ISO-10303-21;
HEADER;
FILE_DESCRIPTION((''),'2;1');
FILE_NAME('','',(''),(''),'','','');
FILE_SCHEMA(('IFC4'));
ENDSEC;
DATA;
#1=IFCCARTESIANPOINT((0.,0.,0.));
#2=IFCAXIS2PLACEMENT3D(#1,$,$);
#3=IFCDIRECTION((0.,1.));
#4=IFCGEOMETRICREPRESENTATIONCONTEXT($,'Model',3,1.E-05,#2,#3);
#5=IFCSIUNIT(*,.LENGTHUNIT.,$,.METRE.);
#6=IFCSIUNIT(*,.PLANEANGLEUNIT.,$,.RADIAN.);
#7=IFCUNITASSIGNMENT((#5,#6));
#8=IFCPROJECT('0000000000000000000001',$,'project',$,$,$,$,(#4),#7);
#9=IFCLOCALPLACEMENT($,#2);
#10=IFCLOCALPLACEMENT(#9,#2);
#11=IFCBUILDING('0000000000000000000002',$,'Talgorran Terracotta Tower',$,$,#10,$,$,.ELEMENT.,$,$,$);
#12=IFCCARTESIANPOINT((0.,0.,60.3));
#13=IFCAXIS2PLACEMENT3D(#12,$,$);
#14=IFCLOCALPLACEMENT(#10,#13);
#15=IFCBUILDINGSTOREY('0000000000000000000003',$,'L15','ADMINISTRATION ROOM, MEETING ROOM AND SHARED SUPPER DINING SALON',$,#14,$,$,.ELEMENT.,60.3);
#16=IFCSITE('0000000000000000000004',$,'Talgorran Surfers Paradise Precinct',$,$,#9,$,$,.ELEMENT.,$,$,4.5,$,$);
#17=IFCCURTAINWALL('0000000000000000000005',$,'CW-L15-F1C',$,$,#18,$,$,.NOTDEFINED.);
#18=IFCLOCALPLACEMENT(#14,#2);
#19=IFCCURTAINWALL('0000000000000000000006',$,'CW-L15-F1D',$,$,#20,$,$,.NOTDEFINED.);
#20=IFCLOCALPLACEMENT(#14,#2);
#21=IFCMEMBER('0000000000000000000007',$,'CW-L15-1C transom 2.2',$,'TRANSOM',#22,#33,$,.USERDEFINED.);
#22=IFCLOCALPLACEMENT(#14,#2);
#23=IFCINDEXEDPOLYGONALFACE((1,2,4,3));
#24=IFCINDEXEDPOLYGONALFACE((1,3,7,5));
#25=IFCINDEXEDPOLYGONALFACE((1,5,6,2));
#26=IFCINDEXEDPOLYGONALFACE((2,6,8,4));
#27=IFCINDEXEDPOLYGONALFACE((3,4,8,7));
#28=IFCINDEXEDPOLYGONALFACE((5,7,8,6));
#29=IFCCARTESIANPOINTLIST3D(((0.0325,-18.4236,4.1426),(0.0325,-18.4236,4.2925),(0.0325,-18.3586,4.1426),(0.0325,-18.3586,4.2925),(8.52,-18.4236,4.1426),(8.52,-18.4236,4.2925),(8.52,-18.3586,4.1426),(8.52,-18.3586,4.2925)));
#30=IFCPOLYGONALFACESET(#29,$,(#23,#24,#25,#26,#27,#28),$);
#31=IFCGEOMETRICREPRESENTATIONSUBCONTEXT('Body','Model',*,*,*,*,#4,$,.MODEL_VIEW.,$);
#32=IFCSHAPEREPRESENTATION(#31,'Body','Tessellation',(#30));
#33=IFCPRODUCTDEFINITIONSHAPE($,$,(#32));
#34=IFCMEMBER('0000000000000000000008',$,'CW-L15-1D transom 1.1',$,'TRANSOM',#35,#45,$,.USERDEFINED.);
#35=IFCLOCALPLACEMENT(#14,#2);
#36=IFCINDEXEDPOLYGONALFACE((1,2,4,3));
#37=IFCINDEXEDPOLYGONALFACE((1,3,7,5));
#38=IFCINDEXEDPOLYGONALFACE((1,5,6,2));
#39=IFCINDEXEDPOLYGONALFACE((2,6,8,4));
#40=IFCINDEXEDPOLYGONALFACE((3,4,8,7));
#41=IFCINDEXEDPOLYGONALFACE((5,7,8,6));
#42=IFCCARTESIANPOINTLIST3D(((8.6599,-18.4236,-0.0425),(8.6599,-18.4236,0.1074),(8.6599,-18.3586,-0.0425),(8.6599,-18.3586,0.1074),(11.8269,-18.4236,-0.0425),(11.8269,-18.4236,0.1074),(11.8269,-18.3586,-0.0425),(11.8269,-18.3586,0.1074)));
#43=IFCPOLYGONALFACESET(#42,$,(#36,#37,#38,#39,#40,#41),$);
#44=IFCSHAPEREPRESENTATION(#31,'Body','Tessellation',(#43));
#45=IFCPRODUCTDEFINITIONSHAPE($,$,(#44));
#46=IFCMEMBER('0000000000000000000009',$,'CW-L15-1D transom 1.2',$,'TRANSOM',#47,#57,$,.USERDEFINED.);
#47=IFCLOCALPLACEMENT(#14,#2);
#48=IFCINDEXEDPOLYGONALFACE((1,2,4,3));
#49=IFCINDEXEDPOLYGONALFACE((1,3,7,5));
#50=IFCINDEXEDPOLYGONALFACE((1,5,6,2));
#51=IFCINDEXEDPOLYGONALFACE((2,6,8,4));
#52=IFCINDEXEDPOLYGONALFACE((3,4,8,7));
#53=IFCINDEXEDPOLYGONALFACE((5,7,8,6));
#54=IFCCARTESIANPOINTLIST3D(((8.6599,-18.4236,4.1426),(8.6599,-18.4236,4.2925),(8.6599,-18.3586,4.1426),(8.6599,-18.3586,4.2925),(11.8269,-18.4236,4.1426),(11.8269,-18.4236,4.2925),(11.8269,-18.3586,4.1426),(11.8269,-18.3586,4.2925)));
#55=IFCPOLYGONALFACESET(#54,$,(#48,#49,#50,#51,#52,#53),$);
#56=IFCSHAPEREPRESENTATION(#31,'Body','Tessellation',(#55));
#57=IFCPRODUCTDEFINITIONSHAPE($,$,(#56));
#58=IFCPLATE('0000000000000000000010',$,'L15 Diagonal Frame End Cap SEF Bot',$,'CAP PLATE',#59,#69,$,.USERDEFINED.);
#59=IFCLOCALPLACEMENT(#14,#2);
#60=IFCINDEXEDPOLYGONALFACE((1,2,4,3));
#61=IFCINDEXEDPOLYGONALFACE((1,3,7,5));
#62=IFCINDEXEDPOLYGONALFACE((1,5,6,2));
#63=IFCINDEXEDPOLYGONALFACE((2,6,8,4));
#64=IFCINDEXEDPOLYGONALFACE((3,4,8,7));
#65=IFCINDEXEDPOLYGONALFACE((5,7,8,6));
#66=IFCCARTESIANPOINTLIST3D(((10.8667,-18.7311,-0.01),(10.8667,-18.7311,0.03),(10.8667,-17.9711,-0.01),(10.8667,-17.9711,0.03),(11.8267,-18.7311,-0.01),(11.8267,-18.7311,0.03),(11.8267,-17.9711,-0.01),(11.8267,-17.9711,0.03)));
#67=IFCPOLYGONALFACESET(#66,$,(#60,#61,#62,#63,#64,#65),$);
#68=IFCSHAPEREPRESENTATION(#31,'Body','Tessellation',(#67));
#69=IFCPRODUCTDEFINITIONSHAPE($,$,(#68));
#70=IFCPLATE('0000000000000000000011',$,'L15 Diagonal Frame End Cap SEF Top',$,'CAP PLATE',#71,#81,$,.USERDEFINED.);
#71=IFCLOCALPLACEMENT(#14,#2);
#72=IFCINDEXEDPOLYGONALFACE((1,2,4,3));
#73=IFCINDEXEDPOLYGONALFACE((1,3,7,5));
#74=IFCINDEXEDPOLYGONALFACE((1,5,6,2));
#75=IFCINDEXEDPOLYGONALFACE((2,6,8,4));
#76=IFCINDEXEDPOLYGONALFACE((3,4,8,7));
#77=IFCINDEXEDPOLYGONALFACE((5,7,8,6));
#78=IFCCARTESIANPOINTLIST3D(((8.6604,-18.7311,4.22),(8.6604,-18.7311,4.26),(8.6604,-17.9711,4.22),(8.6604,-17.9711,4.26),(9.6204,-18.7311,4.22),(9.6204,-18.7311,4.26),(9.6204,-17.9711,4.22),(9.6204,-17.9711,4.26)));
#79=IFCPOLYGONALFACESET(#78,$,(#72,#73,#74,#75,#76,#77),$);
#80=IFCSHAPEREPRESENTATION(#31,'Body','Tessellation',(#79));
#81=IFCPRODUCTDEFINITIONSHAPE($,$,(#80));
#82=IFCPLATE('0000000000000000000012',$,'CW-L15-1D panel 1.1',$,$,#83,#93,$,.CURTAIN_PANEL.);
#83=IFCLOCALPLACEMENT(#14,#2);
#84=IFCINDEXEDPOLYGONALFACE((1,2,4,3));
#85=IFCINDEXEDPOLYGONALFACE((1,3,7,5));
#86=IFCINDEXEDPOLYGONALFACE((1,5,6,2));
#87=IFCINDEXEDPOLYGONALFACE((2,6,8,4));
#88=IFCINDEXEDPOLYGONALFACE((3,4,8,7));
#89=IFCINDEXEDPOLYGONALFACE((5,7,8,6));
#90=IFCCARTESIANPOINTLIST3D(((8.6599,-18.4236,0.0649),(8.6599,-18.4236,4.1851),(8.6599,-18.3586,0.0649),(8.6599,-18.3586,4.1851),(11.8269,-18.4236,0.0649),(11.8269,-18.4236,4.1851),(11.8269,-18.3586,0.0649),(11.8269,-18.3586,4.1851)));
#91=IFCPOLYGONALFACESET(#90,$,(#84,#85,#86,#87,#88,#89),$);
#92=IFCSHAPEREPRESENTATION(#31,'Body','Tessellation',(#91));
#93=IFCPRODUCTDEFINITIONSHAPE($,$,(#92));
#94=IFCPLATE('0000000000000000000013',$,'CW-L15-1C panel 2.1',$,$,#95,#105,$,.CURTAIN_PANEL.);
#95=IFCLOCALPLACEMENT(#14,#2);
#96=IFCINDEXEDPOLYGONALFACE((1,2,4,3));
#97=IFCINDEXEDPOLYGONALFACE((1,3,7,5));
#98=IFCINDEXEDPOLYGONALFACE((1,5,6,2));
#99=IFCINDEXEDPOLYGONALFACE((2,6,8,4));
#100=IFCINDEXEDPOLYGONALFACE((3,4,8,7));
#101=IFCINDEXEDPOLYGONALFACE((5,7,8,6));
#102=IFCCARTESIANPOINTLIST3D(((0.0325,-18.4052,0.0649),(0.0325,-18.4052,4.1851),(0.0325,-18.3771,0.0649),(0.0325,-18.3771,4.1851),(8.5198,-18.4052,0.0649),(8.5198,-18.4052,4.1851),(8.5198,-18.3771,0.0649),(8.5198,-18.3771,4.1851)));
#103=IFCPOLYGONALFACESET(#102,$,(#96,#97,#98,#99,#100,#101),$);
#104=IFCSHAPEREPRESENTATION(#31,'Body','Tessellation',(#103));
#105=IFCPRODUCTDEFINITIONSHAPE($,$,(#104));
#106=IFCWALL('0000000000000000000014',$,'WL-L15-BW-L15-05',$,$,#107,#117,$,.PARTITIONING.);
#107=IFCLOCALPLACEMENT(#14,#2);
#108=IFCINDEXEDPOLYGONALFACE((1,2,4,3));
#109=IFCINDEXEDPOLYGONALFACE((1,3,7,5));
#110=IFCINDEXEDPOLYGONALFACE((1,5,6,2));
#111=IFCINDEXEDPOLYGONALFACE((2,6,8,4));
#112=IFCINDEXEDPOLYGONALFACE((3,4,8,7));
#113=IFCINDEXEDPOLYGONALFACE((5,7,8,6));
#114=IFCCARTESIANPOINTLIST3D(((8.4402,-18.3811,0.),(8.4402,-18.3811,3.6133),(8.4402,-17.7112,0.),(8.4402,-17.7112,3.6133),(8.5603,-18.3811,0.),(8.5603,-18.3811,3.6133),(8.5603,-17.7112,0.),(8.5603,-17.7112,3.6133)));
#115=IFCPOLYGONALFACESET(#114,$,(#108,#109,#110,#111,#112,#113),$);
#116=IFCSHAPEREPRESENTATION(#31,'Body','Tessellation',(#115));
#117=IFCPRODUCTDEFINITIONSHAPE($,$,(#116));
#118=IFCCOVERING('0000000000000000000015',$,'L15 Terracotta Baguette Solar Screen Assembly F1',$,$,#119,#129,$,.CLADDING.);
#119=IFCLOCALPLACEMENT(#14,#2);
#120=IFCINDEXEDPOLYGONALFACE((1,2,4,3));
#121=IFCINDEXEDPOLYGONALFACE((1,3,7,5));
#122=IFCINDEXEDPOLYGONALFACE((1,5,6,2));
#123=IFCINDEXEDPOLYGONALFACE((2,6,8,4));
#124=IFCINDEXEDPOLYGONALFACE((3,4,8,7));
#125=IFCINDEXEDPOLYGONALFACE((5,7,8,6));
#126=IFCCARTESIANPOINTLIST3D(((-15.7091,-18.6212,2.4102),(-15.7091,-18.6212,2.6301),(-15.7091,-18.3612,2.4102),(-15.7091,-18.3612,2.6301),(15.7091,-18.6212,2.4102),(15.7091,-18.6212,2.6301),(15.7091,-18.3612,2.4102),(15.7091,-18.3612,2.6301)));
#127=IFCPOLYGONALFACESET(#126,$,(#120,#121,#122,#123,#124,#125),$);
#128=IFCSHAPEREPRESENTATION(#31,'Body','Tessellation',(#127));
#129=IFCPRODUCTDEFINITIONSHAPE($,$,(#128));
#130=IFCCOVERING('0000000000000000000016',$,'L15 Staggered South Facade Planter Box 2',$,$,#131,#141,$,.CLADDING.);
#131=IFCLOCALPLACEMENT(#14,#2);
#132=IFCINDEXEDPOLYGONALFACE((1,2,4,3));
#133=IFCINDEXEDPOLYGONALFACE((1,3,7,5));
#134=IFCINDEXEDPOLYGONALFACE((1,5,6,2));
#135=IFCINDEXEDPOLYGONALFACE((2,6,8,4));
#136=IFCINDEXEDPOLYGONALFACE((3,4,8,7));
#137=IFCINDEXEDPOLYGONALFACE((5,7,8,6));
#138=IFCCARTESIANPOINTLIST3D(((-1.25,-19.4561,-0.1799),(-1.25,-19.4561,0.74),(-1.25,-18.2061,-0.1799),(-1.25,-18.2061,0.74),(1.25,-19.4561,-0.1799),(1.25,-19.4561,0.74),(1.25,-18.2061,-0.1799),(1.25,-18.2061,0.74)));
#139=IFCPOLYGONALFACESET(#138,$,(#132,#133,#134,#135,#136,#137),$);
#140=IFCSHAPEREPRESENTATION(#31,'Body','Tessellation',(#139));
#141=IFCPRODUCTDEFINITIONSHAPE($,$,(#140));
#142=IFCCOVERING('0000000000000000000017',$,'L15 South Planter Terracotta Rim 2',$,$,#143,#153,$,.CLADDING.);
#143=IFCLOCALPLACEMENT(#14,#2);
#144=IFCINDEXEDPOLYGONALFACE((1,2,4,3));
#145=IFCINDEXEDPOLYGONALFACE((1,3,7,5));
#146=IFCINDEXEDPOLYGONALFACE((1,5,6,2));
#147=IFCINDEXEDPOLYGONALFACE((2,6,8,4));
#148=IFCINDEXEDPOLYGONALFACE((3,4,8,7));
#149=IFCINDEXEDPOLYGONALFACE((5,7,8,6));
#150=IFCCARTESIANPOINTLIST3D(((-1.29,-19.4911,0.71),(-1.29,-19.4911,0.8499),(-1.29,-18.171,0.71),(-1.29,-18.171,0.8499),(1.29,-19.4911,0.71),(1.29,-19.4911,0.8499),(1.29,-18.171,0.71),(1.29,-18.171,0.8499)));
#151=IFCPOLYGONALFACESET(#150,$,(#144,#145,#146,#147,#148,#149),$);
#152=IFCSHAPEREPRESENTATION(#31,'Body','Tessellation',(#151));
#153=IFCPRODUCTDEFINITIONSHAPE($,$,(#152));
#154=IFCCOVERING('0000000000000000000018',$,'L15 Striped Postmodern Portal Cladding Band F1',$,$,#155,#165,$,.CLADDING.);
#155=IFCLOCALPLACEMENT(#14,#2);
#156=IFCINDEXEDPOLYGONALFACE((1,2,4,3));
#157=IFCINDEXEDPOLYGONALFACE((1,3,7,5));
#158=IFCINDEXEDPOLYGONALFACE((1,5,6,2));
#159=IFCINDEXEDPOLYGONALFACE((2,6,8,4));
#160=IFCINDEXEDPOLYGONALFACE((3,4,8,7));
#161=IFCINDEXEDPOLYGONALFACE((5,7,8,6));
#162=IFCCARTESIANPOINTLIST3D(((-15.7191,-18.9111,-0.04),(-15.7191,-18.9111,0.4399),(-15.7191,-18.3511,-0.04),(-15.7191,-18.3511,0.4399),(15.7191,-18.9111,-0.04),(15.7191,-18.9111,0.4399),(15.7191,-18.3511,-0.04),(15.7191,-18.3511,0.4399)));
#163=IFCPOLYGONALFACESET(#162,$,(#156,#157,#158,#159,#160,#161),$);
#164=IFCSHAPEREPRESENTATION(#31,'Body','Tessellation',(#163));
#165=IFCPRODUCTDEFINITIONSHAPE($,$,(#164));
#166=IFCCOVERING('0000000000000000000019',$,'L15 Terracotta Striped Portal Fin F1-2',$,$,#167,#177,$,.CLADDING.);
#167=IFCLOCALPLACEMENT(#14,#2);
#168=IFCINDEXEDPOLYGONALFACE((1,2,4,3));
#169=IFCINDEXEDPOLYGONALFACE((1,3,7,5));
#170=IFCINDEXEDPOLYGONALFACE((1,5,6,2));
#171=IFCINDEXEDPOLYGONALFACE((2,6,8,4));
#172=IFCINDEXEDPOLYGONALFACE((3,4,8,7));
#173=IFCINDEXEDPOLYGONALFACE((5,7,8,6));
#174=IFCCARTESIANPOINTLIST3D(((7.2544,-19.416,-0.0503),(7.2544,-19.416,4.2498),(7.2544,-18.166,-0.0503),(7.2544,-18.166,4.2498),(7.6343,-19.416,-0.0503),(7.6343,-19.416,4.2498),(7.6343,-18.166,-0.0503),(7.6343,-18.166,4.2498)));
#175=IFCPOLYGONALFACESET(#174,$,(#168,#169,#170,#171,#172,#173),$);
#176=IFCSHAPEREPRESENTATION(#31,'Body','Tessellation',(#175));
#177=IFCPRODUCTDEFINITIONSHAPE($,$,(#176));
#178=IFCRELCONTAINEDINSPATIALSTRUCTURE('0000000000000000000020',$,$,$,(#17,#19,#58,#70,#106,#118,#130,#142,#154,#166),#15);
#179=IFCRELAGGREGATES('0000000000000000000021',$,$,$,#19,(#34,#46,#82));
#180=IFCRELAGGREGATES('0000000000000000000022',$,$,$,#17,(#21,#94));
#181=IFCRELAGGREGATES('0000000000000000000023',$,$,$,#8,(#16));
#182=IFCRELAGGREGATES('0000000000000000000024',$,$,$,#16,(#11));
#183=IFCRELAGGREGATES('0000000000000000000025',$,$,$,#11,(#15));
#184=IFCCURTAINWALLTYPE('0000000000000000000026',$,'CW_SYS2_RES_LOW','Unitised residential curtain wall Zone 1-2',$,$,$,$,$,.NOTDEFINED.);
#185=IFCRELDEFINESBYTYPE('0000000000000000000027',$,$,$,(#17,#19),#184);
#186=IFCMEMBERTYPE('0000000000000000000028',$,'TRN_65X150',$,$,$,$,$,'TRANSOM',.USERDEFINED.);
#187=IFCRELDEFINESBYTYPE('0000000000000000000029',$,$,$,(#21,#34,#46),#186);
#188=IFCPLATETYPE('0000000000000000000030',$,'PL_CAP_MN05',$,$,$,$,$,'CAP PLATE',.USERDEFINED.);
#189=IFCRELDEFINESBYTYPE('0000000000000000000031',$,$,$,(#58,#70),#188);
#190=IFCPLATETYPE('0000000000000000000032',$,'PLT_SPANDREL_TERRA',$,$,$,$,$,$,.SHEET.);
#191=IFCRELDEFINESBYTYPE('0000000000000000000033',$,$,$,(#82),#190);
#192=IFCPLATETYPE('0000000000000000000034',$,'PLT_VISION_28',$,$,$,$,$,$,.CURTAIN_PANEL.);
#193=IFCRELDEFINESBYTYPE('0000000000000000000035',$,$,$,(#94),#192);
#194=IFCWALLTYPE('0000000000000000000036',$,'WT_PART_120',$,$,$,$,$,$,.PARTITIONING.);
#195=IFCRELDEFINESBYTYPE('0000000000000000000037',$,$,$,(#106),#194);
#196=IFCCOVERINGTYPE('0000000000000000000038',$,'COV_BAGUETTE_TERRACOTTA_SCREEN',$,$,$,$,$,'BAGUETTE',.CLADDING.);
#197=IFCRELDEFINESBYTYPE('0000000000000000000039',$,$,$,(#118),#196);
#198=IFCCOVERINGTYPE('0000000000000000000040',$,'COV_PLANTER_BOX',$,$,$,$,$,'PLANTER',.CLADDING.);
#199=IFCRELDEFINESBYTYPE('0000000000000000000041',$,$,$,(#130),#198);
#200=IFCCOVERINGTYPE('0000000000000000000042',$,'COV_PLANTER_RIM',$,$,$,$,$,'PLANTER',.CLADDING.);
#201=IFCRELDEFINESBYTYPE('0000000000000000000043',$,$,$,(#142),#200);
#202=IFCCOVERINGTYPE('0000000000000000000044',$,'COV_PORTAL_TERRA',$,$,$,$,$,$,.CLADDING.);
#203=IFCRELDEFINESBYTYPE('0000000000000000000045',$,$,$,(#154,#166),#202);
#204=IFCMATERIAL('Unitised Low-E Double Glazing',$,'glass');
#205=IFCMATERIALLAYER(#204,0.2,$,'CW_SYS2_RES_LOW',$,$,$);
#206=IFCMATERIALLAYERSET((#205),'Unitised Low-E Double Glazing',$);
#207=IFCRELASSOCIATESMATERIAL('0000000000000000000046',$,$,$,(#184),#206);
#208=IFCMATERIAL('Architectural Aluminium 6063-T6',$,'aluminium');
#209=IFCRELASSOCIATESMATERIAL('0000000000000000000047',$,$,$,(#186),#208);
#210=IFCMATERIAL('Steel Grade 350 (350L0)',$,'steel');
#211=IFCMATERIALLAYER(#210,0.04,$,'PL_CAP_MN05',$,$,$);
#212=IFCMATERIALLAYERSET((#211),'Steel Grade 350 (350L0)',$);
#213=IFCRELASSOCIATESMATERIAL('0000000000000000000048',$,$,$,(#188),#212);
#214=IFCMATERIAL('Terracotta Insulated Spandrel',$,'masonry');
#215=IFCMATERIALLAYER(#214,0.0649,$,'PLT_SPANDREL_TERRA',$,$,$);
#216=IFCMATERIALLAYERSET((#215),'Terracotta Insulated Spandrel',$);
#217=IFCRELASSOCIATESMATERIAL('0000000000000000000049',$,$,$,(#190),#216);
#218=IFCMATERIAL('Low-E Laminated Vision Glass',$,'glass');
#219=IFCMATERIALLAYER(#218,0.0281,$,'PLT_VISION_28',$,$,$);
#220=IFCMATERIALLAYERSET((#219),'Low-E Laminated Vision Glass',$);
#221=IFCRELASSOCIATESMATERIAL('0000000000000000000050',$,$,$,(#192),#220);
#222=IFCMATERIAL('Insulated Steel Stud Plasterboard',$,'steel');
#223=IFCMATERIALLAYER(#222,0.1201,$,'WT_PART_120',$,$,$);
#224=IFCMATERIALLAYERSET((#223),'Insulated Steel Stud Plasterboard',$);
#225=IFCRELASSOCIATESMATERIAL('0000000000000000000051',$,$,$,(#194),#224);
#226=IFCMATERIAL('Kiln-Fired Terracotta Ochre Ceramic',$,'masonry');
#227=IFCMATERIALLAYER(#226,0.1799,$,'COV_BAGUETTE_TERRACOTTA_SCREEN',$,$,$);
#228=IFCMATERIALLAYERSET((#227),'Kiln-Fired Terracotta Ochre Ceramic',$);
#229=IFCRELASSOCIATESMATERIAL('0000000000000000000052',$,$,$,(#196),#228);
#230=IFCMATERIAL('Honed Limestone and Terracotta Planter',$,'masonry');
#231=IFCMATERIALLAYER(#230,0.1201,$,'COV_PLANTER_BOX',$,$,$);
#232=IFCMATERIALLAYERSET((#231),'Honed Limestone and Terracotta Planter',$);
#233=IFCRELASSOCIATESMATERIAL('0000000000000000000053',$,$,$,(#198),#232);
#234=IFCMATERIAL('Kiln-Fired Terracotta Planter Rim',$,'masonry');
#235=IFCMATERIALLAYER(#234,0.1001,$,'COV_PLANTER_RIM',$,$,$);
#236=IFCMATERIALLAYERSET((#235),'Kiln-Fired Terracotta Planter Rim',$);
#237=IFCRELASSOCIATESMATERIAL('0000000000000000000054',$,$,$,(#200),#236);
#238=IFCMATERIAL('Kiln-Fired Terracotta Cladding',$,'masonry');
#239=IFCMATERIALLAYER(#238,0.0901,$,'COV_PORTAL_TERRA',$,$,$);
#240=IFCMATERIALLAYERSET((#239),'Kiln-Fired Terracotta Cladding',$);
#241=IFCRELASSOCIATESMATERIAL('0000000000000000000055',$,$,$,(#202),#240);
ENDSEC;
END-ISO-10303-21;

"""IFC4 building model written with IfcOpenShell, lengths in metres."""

from ifc_helpers import new_model, si_unit, direction, frame, frame_2d, origin, origin_2d, place, context, subcontext, project, spatial, rectangle, extrude, source, transform, mapped, material, layer, layer_set, material_profile, profile_set, type_object, type_shapes, element, aggregate, save


model = new_model("IFC4")

# Units and contexts
model_context = context("Model", 3, precision=1e-05, world=origin(), true_north=direction((0.0, 1.0)))
body_context = subcontext(model_context, "Body", "Model", "MODEL_VIEW")
ifc_project = project(units=[si_unit("LENGTHUNIT", "METRE"), si_unit("PLANEANGLEUNIT", "RADIAN")], contexts=[model_context])

# Site, building, storey
site_placement = place(None, origin())
site = spatial("IfcSite", under=ifc_project, at=site_placement, Name="Talgorran Surfers Paradise Precinct", CompositionType="ELEMENT", RefElevation=4.5)
building_placement = place(site_placement, origin())
building = spatial("IfcBuilding", under=site, at=building_placement, Name="Talgorran Terracotta Tower", CompositionType="ELEMENT")
storey_placement = place(building_placement, frame((0.0, 0.0, 60.3)))
storey = spatial("IfcBuildingStorey", under=building, at=storey_placement, Name="L15", Description="ADMINISTRATION ROOM, MEETING ROOM AND SHARED SUPPER DINING SALON", CompositionType="ELEMENT", Elevation=60.3)

# Shared definitions
ifc_material_1 = material(Name="Steel Grade 350 (350L0)", Category="steel")

# Curtain walls
ifc_material_2 = material(Name="Unitised Low-E Double Glazing", Category="glass")
ifc_layer_1 = layer(ifc_material_2, 0.2, Name="CW_SYS2_RES_LOW")
ifc_layer_set_1 = layer_set([ifc_layer_1], Name="Unitised Low-E Double Glazing")
curtain_wall_type = type_object("IfcCurtainWallType", Name="CW_SYS2_RES_LOW", Description="Unitised residential curtain wall Zone 1-2", PredefinedType="NOTDEFINED", material=ifc_layer_set_1)
curtain_wall_1_placement = place(storey_placement, origin())
curtain_wall_1 = element("IfcCurtainWall", 1, at=curtain_wall_1_placement, inside=storey, type_object=curtain_wall_type, Name="CW-L15-F1C", PredefinedType="NOTDEFINED")
ifc_material_3 = material(Name="Architectural Aluminium 6063-T6", Category="aluminium")
curtain_wall_2_placement = place(storey_placement, origin())
curtain_wall_2 = element("IfcCurtainWall", 2, at=curtain_wall_2_placement, inside=storey, type_object=curtain_wall_type, Name="CW-L15-F1D", PredefinedType="NOTDEFINED")

# Members
ifc_material_profile_1 = material_profile(ifc_material_3, rectangle(XDim=0.0649, YDim=0.1499, at=origin_2d()), Name="CWT65X150")
ifc_profile_set_1 = profile_set([ifc_material_profile_1], Name="Architectural Aluminium 6063-T6")
member_type_1 = type_object("IfcMemberType", Name="TRN_65X150", ElementType="TRANSOM", PredefinedType="USERDEFINED", material=ifc_profile_set_1)
member_1_placement = place(storey_placement, frame((0.0325, -18.3911, 4.2175), z_axis=(1.0, 0.0, 0.0), x_axis=(0.0, 1.0, 0.0)))
member_1 = element("IfcMember", 3, at=member_1_placement, type_object=member_type_1, Name="CW-L15-1C transom 2.2", ObjectType="TRANSOM", PredefinedType="USERDEFINED", context=body_context, shape_type="SweptSolid", body=[
    extrude(rectangle(XDim=0.0649, YDim=0.1499, at=origin_2d()), origin(), (0.0, 0.0, 1.0), 8.4875),
])
member_2_placement = place(storey_placement, frame((8.6599, -18.3911, 0.0325), z_axis=(1.0, 0.0, 0.0), x_axis=(0.0, 1.0, 0.0)))
member_2 = element("IfcMember", 4, at=member_2_placement, type_object=member_type_1, Name="CW-L15-1D transom 1.1", ObjectType="TRANSOM", PredefinedType="USERDEFINED", context=body_context, shape_type="SweptSolid", body=[
    extrude(rectangle(XDim=0.0649, YDim=0.1499, at=origin_2d()), origin(), (0.0, 0.0, 1.0), 3.167),
])
member_3_placement = place(storey_placement, frame((8.6599, -18.3911, 4.2175), z_axis=(1.0, 0.0, 0.0), x_axis=(0.0, 1.0, 0.0)))
member_3 = element("IfcMember", 5, at=member_3_placement, type_object=member_type_1, Name="CW-L15-1D transom 1.2", ObjectType="TRANSOM", PredefinedType="USERDEFINED", context=body_context, shape_type="SweptSolid", body=[
    extrude(rectangle(XDim=0.0649, YDim=0.1499, at=origin_2d()), origin(), (0.0, 0.0, 1.0), 3.167),
])

# Plates
ifc_layer_2 = layer(ifc_material_1, 0.04, Name="PL_CAP_MN05")
ifc_layer_set_2 = layer_set([ifc_layer_2], Name="Steel Grade 350 (350L0)")
plate_type_1 = type_object("IfcPlateType", Name="PL_CAP_MN05", ElementType="CAP PLATE", PredefinedType="USERDEFINED", material=ifc_layer_set_2)
for number, where, z_axis, x_axis, name in (
    (6, (11.3467, -18.3511, -0.01), (0.0, 0.0, 1.0), (-1.0, 0.0, 0.0), "L15 Diagonal Frame End Cap SEF Bot"),
    (7, (9.1404, -18.3511, 4.22), (0.0, 0.0, 1.0), (-1.0, 0.0, 0.0), "L15 Diagonal Frame End Cap SEF Top"),
):
    element("IfcPlate", number, at=place(storey_placement, frame(where, z_axis=z_axis, x_axis=x_axis)), inside=storey, type_object=plate_type_1, Name=name, ObjectType="CAP PLATE", PredefinedType="USERDEFINED", context=body_context, shape_type="SweptSolid", body=[
        extrude(rectangle(XDim=0.96, YDim=0.76, at=origin_2d()), origin(), (0.0, 0.0, 1.0), 0.04),
    ])

# Plates
ifc_material_4 = material(Name="Terracotta Insulated Spandrel", Category="masonry")
ifc_layer_3 = layer(ifc_material_4, 0.0649, Name="PLT_SPANDREL_TERRA")
ifc_layer_set_3 = layer_set([ifc_layer_3], Name="Terracotta Insulated Spandrel")
plate_type_2 = type_object("IfcPlateType", Name="PLT_SPANDREL_TERRA", PredefinedType="SHEET", material=ifc_layer_set_3)
shared_shape_1 = source(origin(), body_context, "Body", "SweptSolid", [
    extrude(rectangle(XDim=3.167, YDim=0.0649, at=origin_2d()), origin(), (0.0, 0.0, 1.0), 4.1201),
])
type_shapes(plate_type_2, [shared_shape_1])
plate_1_placement = place(storey_placement, frame((10.2434, -18.3911, 0.0649), z_axis=(0.0, 0.0, 1.0), x_axis=(1.0, 0.0, 0.0)))
plate_1 = element("IfcPlate", 8, at=plate_1_placement, type_object=plate_type_2, Name="CW-L15-1D panel 1.1", PredefinedType="CURTAIN_PANEL", context=body_context, shape_type="MappedRepresentation", body=[
    mapped(shared_shape_1, transform((0.0, 0.0, 0.0), scale=1.0)),
])
aggregate(curtain_wall_2, [member_2, member_3, plate_1])
ifc_material_5 = material(Name="Low-E Laminated Vision Glass", Category="glass")
ifc_layer_4 = layer(ifc_material_5, 0.0281, Name="PLT_VISION_28")
ifc_layer_set_4 = layer_set([ifc_layer_4], Name="Low-E Laminated Vision Glass")
plate_type_3 = type_object("IfcPlateType", Name="PLT_VISION_28", PredefinedType="CURTAIN_PANEL", material=ifc_layer_set_4)
shared_shape_2 = source(origin(), body_context, "Body", "SweptSolid", [
    extrude(rectangle(XDim=8.4873, YDim=0.0281, at=origin_2d()), origin(), (0.0, 0.0, 1.0), 4.1201),
])
type_shapes(plate_type_3, [shared_shape_2])
plate_2_placement = place(storey_placement, frame((4.2761, -18.3911, 0.0649), z_axis=(0.0, 0.0, 1.0), x_axis=(1.0, 0.0, 0.0)))
plate_2 = element("IfcPlate", 9, at=plate_2_placement, type_object=plate_type_3, Name="CW-L15-1C panel 2.1", PredefinedType="CURTAIN_PANEL", context=body_context, shape_type="MappedRepresentation", body=[
    mapped(shared_shape_2, transform((0.0, 0.0, 0.0), scale=1.0)),
])
aggregate(curtain_wall_1, [member_1, plate_2])

# Wall
ifc_material_6 = material(Name="Insulated Steel Stud Plasterboard", Category="steel")
ifc_layer_5 = layer(ifc_material_6, 0.1201, Name="WT_PART_120")
ifc_layer_set_5 = layer_set([ifc_layer_5], Name="Insulated Steel Stud Plasterboard")
wall_type = type_object("IfcWallType", Name="WT_PART_120", PredefinedType="PARTITIONING", material=ifc_layer_set_5)
wall_placement = place(storey_placement, frame((8.5002, -18.3811, 0.0), z_axis=(0.0, 0.0, 1.0), x_axis=(0.0, 1.0, 0.0)))
element("IfcWall", 10, at=wall_placement, inside=storey, type_object=wall_type, Name="WL-L15-BW-L15-05", PredefinedType="PARTITIONING", context=body_context, shape_type="SweptSolid", body=[
    extrude(rectangle(XDim=0.6699, YDim=0.1201, at=frame_2d((0.335, 0.0))), origin(), (0.0, 0.0, 1.0), 3.6133),
])

# Coverings
ifc_material_7 = material(Name="Kiln-Fired Terracotta Ochre Ceramic", Category="masonry")
ifc_layer_6 = layer(ifc_material_7, 0.1799, Name="COV_BAGUETTE_TERRACOTTA_SCREEN")
ifc_layer_set_6 = layer_set([ifc_layer_6], Name="Kiln-Fired Terracotta Ochre Ceramic")
covering_type_1 = type_object("IfcCoveringType", Name="COV_BAGUETTE_TERRACOTTA_SCREEN", ElementType="BAGUETTE", PredefinedType="CLADDING", material=ifc_layer_set_6)
covering_1_placement = place(storey_placement, frame((0.0, -18.4912, 2.4102), z_axis=(0.0, 0.0, 1.0), x_axis=(1.0, 0.0, 0.0)))
element("IfcCovering", 11, at=covering_1_placement, inside=storey, type_object=covering_type_1, Name="L15 Terracotta Baguette Solar Screen Assembly F1", PredefinedType="CLADDING", context=body_context, shape_type="SweptSolid", body=[
    extrude(rectangle(XDim=31.4182, YDim=0.26, at=origin_2d()), origin(), (0.0, 0.0, 1.0), 0.22),
])
ifc_material_8 = material(Name="Honed Limestone and Terracotta Planter", Category="masonry")
ifc_layer_7 = layer(ifc_material_8, 0.1201, Name="COV_PLANTER_BOX")
ifc_layer_set_7 = layer_set([ifc_layer_7], Name="Honed Limestone and Terracotta Planter")
covering_type_2 = type_object("IfcCoveringType", Name="COV_PLANTER_BOX", ElementType="PLANTER", PredefinedType="CLADDING", material=ifc_layer_set_7)
covering_2_placement = place(storey_placement, frame((0.0, -18.8311, -0.1799), z_axis=(0.0, 0.0, 1.0), x_axis=(1.0, 0.0, 0.0)))
element("IfcCovering", 12, at=covering_2_placement, inside=storey, type_object=covering_type_2, Name="L15 Staggered South Facade Planter Box 2", PredefinedType="CLADDING", context=body_context, shape_type="SweptSolid", body=[
    extrude(rectangle(XDim=2.5, YDim=1.25, at=origin_2d()), origin(), (0.0, 0.0, 1.0), 0.9199),
])
ifc_material_9 = material(Name="Kiln-Fired Terracotta Planter Rim", Category="masonry")
ifc_layer_8 = layer(ifc_material_9, 0.1001, Name="COV_PLANTER_RIM")
ifc_layer_set_8 = layer_set([ifc_layer_8], Name="Kiln-Fired Terracotta Planter Rim")
covering_type_3 = type_object("IfcCoveringType", Name="COV_PLANTER_RIM", ElementType="PLANTER", PredefinedType="CLADDING", material=ifc_layer_set_8)
covering_3_placement = place(storey_placement, frame((0.0, -18.8311, 0.71), z_axis=(0.0, 0.0, 1.0), x_axis=(1.0, 0.0, 0.0)))
element("IfcCovering", 13, at=covering_3_placement, inside=storey, type_object=covering_type_3, Name="L15 South Planter Terracotta Rim 2", PredefinedType="CLADDING", context=body_context, shape_type="SweptSolid", body=[
    extrude(rectangle(XDim=2.5801, YDim=1.3201, at=origin_2d()), origin(), (0.0, 0.0, 1.0), 0.1399),
])
ifc_material_10 = material(Name="Kiln-Fired Terracotta Cladding", Category="masonry")
ifc_layer_9 = layer(ifc_material_10, 0.0901, Name="COV_PORTAL_TERRA")
ifc_layer_set_9 = layer_set([ifc_layer_9], Name="Kiln-Fired Terracotta Cladding")
covering_type_4 = type_object("IfcCoveringType", Name="COV_PORTAL_TERRA", PredefinedType="CLADDING", material=ifc_layer_set_9)
covering_4_placement = place(storey_placement, frame((0.0, -18.6311, -0.04), z_axis=(0.0, 0.0, 1.0), x_axis=(1.0, 0.0, 0.0)))
element("IfcCovering", 14, at=covering_4_placement, inside=storey, type_object=covering_type_4, Name="L15 Striped Postmodern Portal Cladding Band F1", PredefinedType="CLADDING", context=body_context, shape_type="SweptSolid", body=[
    extrude(rectangle(XDim=31.4382, YDim=0.5601, at=origin_2d()), origin(), (0.0, 0.0, 1.0), 0.48),
])
covering_5_placement = place(storey_placement, frame((7.4443, -18.791, -0.0503), z_axis=(0.0, 0.0, 1.0), x_axis=(1.0, 0.0, 0.0)))
element("IfcCovering", 15, at=covering_5_placement, inside=storey, type_object=covering_type_4, Name="L15 Terracotta Striped Portal Fin F1-2", PredefinedType="CLADDING", context=body_context, shape_type="SweptSolid", body=[
    extrude(rectangle(XDim=0.3799, YDim=1.25, at=origin_2d()), origin(), (0.0, 0.0, 1.0), 4.3),
])

save(model, "model.ifc")
